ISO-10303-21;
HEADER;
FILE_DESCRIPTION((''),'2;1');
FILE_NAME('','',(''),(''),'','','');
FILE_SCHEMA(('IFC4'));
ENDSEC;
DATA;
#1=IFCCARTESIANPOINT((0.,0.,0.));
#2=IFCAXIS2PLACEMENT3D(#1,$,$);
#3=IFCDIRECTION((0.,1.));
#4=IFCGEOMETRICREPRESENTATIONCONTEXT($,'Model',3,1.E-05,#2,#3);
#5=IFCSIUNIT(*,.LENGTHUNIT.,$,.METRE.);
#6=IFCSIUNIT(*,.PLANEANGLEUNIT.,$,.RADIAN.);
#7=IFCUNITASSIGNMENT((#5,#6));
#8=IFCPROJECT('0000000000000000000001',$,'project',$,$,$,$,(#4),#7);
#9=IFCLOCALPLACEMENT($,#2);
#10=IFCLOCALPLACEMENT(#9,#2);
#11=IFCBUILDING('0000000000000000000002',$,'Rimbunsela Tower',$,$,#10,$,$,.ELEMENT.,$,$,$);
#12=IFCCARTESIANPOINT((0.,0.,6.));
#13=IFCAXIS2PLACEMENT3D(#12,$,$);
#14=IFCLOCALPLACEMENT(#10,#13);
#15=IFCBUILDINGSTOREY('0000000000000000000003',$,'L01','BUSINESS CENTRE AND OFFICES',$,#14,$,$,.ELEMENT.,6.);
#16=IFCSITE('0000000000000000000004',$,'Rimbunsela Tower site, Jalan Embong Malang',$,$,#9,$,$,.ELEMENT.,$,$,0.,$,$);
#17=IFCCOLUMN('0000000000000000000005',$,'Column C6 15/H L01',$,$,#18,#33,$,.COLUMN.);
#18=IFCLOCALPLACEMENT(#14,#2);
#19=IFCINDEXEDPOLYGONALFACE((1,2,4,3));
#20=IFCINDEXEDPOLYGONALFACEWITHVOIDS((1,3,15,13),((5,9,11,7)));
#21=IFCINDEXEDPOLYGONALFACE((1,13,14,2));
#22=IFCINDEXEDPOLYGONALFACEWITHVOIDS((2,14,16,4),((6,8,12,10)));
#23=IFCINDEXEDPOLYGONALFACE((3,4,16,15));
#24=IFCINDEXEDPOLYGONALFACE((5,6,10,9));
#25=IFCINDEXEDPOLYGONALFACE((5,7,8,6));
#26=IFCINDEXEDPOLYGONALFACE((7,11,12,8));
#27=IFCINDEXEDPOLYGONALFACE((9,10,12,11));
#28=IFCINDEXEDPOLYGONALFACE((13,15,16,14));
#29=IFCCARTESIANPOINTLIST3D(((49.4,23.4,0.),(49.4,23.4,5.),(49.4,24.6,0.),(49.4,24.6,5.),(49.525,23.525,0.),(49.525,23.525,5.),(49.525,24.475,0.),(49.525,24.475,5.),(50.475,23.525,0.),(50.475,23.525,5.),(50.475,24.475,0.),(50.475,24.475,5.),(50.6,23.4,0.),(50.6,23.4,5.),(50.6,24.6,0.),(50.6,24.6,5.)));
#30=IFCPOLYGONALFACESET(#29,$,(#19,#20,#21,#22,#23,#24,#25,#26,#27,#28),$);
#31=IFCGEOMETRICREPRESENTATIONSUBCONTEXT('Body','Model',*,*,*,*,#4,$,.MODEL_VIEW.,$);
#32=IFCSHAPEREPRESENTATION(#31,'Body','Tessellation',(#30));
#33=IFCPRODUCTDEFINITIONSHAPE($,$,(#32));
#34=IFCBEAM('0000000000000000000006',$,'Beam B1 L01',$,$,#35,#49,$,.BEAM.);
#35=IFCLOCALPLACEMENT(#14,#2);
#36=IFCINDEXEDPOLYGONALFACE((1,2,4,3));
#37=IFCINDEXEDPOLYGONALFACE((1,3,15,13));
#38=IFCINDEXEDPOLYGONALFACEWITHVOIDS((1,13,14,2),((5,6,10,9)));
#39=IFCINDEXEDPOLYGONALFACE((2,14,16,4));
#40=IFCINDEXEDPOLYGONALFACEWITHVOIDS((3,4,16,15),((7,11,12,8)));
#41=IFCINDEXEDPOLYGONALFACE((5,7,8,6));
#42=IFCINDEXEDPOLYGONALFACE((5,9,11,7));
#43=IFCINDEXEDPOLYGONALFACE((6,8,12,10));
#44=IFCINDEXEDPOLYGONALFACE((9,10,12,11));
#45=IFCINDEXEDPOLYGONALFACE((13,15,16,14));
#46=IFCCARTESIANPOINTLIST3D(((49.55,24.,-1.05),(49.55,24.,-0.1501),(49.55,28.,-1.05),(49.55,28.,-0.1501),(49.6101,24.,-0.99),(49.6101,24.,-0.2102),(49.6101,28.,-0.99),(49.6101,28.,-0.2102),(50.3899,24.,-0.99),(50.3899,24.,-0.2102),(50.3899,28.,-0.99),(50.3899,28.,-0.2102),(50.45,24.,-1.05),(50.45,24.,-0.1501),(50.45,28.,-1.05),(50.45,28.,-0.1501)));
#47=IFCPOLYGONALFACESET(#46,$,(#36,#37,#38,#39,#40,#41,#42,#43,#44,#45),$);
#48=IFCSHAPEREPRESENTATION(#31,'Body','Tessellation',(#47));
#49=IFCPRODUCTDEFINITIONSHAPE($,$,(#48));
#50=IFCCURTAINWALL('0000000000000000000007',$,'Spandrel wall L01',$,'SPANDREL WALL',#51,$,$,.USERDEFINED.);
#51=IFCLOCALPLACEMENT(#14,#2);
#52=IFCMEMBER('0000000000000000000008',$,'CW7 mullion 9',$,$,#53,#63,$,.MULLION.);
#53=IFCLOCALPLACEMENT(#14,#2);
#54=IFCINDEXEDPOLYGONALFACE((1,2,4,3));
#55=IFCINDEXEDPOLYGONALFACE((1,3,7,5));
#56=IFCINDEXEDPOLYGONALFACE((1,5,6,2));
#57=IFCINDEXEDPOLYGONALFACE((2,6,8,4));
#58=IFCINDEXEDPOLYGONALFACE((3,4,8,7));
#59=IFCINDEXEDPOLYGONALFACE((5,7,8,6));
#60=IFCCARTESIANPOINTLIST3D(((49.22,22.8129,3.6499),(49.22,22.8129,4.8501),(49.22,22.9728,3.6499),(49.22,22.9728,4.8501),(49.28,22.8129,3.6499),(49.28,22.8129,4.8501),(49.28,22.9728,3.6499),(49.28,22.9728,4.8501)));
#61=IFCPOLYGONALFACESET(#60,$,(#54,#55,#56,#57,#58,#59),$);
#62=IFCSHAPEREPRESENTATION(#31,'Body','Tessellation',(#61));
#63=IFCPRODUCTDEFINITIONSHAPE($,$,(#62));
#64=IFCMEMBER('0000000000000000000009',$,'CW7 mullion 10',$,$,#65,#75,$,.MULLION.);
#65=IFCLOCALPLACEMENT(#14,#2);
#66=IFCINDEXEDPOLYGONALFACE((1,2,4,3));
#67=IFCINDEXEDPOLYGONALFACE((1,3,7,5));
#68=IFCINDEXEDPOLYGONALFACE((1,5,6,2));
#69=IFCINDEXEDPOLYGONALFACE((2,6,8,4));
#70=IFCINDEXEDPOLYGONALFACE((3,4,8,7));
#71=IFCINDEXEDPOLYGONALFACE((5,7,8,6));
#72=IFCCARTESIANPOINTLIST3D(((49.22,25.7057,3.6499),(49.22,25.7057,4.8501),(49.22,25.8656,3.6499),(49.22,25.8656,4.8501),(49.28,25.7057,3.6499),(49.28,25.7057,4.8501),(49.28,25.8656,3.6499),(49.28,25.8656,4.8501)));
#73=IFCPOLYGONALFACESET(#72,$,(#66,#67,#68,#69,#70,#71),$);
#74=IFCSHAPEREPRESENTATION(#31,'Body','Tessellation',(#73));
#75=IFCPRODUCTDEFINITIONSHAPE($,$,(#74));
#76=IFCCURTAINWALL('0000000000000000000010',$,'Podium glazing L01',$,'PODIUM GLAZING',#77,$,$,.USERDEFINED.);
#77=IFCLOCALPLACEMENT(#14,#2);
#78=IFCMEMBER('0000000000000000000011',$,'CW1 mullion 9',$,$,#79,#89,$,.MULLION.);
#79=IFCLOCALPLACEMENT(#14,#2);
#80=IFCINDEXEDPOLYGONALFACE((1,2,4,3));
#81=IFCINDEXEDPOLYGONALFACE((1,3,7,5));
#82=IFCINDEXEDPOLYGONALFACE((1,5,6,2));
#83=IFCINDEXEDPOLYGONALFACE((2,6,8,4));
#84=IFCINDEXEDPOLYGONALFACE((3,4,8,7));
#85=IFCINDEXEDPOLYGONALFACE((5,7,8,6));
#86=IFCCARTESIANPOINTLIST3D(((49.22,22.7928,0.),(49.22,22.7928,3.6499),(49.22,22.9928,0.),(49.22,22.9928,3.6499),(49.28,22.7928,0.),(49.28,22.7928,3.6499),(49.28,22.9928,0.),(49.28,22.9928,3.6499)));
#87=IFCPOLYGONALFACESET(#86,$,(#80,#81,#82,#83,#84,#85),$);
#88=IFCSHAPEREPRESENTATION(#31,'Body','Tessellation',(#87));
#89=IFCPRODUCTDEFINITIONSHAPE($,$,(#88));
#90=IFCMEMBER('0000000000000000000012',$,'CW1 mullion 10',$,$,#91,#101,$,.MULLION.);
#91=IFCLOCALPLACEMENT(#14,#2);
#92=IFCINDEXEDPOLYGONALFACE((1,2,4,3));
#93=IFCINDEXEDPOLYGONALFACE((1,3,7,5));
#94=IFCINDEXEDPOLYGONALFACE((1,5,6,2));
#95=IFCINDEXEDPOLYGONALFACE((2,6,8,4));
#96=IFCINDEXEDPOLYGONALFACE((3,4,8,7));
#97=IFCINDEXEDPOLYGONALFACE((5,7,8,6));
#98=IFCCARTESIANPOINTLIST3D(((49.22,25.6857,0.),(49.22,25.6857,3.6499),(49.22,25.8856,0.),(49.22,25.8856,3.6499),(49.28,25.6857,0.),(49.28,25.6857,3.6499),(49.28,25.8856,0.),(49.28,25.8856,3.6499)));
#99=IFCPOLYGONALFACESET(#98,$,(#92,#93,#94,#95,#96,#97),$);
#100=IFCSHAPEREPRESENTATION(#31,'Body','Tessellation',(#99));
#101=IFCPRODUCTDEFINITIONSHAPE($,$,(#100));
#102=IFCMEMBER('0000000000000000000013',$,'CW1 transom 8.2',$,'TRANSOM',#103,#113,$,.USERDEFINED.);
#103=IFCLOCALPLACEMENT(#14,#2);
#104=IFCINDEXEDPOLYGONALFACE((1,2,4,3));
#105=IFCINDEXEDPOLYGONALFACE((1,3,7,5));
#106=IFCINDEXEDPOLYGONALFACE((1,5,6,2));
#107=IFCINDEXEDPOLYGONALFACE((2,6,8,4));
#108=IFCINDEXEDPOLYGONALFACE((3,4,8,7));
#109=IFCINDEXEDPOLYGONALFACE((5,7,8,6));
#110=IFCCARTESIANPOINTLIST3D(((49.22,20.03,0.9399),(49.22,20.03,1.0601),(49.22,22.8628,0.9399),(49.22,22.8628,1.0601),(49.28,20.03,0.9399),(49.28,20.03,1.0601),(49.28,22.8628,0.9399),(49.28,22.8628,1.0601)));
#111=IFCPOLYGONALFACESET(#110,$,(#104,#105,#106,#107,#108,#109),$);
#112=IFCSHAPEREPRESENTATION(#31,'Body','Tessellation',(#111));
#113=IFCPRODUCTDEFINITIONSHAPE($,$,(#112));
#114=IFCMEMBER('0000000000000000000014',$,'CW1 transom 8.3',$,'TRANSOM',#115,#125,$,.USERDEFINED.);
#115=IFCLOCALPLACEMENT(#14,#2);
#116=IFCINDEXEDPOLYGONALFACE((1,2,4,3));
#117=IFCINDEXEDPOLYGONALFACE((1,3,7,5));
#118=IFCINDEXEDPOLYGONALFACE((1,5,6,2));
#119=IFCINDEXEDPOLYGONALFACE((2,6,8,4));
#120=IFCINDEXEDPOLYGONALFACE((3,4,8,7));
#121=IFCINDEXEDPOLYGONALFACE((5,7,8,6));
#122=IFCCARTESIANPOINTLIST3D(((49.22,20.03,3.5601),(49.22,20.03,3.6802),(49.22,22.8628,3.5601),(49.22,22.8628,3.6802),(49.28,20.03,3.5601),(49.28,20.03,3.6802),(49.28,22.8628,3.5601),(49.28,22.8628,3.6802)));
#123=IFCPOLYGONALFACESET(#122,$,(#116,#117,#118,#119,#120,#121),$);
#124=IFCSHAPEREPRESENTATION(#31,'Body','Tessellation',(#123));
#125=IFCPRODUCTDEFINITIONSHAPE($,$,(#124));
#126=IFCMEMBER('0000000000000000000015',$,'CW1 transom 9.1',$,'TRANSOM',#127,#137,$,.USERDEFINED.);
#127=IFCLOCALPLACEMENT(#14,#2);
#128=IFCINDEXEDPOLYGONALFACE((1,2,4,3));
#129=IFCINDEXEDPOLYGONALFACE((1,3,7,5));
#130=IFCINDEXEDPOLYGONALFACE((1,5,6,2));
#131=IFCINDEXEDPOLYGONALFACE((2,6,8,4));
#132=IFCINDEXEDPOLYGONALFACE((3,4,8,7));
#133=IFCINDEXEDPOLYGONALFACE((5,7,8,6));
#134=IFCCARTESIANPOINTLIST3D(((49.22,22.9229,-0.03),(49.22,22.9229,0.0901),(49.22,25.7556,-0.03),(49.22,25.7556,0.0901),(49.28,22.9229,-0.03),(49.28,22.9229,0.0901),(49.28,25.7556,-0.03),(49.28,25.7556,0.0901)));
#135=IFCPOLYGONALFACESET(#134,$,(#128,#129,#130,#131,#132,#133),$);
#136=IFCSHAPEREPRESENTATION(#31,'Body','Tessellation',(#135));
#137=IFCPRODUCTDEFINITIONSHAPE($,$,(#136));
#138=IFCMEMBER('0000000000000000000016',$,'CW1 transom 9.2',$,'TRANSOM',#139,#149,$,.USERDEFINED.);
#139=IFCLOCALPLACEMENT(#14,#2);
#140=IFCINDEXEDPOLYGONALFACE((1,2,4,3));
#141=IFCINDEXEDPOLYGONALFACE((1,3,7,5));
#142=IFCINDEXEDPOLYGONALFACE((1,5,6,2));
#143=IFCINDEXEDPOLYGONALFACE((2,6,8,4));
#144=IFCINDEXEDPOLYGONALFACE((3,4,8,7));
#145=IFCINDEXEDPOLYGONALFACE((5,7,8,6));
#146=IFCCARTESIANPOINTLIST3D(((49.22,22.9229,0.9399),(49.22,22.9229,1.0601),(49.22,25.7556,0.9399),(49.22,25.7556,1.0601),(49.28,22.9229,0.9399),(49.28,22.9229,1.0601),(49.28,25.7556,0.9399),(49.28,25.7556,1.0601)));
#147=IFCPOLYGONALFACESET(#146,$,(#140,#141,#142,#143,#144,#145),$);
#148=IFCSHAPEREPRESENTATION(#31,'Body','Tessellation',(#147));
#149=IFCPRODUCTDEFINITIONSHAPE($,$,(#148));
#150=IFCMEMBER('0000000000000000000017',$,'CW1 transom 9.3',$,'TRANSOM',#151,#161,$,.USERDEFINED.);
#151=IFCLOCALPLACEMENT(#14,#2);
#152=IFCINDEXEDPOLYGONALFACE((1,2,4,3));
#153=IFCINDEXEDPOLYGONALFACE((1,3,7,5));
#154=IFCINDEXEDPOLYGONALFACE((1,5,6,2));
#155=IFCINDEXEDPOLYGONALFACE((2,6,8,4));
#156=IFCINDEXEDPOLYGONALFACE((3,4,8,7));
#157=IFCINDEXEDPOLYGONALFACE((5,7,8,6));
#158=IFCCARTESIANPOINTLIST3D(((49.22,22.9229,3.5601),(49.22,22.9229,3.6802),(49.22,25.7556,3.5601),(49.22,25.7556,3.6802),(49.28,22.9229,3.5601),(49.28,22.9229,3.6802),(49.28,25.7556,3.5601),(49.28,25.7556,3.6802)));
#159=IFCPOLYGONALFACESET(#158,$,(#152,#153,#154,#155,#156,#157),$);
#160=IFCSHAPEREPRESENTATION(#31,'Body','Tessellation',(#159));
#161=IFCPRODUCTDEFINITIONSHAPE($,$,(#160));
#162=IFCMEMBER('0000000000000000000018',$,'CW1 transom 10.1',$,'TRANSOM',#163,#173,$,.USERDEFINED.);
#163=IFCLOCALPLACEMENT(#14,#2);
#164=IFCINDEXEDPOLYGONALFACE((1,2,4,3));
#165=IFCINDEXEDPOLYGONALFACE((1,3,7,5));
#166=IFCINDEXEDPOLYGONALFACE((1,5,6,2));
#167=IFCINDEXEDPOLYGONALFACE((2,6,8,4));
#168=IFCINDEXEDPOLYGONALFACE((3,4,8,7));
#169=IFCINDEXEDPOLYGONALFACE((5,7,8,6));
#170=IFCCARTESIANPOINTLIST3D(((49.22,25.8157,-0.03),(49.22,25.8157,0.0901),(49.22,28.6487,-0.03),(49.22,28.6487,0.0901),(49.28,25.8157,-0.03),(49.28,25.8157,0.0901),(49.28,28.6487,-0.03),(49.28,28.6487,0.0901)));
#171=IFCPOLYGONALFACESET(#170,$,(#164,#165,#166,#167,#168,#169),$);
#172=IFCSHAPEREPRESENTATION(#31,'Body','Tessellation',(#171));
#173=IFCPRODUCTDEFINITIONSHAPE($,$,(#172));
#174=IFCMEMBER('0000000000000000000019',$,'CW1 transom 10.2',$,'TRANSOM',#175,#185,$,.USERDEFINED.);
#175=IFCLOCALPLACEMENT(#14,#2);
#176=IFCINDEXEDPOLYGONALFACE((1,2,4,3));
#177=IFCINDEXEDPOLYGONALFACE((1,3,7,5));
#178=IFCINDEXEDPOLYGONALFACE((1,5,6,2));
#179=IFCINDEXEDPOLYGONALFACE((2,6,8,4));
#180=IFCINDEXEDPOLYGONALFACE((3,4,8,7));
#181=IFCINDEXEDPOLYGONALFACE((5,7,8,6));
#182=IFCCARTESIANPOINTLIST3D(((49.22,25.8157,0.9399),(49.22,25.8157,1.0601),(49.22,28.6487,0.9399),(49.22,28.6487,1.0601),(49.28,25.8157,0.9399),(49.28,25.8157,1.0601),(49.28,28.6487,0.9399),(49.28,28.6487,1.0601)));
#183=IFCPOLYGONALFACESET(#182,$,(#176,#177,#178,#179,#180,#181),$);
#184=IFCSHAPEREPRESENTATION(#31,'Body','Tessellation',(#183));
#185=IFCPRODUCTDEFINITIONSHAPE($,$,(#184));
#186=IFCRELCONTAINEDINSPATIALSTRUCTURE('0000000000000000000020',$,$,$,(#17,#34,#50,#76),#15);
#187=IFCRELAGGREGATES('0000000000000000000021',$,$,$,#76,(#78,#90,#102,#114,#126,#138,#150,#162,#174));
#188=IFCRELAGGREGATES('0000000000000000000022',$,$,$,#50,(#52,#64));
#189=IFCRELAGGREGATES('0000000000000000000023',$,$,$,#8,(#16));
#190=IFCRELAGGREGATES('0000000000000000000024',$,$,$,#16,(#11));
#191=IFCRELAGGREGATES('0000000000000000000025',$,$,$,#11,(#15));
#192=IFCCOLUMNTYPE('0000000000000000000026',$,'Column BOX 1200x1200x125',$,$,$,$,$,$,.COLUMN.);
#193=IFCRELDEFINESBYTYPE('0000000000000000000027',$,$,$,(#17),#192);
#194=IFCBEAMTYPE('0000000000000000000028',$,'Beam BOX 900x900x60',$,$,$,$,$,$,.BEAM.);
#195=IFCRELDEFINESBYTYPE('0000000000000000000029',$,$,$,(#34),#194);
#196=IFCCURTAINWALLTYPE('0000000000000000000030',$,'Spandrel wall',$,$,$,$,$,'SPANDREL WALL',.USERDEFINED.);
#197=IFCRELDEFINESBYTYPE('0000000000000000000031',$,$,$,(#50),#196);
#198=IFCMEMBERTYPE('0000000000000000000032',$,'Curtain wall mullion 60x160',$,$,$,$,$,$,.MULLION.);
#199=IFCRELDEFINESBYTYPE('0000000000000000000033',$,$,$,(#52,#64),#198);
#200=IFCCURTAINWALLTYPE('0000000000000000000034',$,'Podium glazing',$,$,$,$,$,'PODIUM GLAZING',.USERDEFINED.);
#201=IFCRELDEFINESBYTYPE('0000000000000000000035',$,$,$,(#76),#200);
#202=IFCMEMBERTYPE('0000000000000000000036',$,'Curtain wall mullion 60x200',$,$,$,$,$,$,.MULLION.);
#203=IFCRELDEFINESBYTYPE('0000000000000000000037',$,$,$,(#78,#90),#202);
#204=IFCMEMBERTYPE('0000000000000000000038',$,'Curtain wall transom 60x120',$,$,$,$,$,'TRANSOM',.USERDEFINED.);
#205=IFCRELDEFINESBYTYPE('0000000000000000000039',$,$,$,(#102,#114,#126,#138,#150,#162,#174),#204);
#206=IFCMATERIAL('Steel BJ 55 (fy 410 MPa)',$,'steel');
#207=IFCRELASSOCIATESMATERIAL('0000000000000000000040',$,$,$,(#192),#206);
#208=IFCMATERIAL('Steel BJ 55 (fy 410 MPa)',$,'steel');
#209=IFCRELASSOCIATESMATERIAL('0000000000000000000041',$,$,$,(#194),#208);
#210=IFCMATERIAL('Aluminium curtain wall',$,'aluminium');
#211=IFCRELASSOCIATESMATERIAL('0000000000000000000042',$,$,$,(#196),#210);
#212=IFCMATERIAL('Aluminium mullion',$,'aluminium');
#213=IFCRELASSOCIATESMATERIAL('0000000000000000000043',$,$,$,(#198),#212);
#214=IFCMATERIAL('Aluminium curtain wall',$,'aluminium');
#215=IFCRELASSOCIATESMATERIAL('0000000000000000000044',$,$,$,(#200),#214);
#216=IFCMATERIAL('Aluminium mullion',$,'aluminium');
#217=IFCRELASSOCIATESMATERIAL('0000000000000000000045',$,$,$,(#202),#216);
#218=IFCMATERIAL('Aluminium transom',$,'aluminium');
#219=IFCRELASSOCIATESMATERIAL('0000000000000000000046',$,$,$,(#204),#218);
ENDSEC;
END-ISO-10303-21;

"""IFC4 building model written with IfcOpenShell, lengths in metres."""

from ifc_helpers import new_model, si_unit, direction, frame, origin, origin_2d, place, context, subcontext, project, spatial, rectangle, hollow_rectangle, extrude, material, material_profile, profile_set, type_object, element, aggregate, save


model = new_model("IFC4")

# Units and contexts
model_context = context("Model", 3, precision=1e-05, world=origin(), true_north=direction((0.0, 1.0)))
body_context = subcontext(model_context, "Body", "Model", "MODEL_VIEW")
ifc_project = project(units=[si_unit("LENGTHUNIT", "METRE"), si_unit("PLANEANGLEUNIT", "RADIAN")], contexts=[model_context])

# Site, building, storey
site_placement = place(None, origin())
site = spatial("IfcSite", under=ifc_project, at=site_placement, Name="Rimbunsela Tower site, Jalan Embong Malang", CompositionType="ELEMENT", RefElevation=0.0)
building_placement = place(site_placement, origin())
building = spatial("IfcBuilding", under=site, at=building_placement, Name="Rimbunsela Tower", CompositionType="ELEMENT")
storey_placement = place(building_placement, frame((0.0, 0.0, 6.0)))
storey = spatial("IfcBuildingStorey", under=building, at=storey_placement, Name="L01", Description="BUSINESS CENTRE AND OFFICES", CompositionType="ELEMENT", Elevation=6.0)

# Column
ifc_material_1 = material(Name="Steel BJ 55 (fy 410 MPa)", Category="steel")
ifc_material_profile_1 = material_profile(ifc_material_1, hollow_rectangle(XDim=1.2, YDim=1.2, WallThickness=0.125, at=origin_2d()), Name="BOX 1200x1200x125")
ifc_profile_set_1 = profile_set([ifc_material_profile_1], Name="Steel BJ 55 (fy 410 MPa)")
column_type = type_object("IfcColumnType", Name="Column BOX 1200x1200x125", PredefinedType="COLUMN", material=ifc_profile_set_1)
column_placement = place(storey_placement, frame((50.0, 24.0, 0.0), z_axis=(0.0, 0.0, 1.0), x_axis=(1.0, 0.0, 0.0)))
element("IfcColumn", 1, at=column_placement, inside=storey, type_object=column_type, Name="Column C6 15/H L01", PredefinedType="COLUMN", context=body_context, shape_type="SweptSolid", body=[
    extrude(hollow_rectangle(XDim=1.2, YDim=1.2, WallThickness=0.125, at=origin_2d()), origin(), (0.0, 0.0, 1.0), 5.0),
])

# Beam
ifc_material_2 = material(Name="Steel BJ 55 (fy 410 MPa)", Category="steel")
ifc_material_profile_2 = material_profile(ifc_material_2, hollow_rectangle(XDim=0.8999, YDim=0.8999, WallThickness=0.0601, at=origin_2d()), Name="BOX 900x900x60")
ifc_profile_set_2 = profile_set([ifc_material_profile_2], Name="Steel BJ 55 (fy 410 MPa)")
beam_type = type_object("IfcBeamType", Name="Beam BOX 900x900x60", PredefinedType="BEAM", material=ifc_profile_set_2)
beam_placement = place(storey_placement, frame((50.0, 24.0, -0.6001), z_axis=(0.0, 1.0, 0.0), x_axis=(-1.0, 0.0, 0.0)))
element("IfcBeam", 2, at=beam_placement, inside=storey, type_object=beam_type, Name="Beam B1 L01", PredefinedType="BEAM", context=body_context, shape_type="SweptSolid", body=[
    extrude(hollow_rectangle(XDim=0.8999, YDim=0.8999, WallThickness=0.0601, at=origin_2d()), origin(), (0.0, 0.0, 1.0), 4.0),
])

# Curtain walls, members
ifc_material_3 = material(Name="Aluminium curtain wall", Category="aluminium")
curtain_wall_type_1 = type_object("IfcCurtainWallType", Name="Spandrel wall", ElementType="SPANDREL WALL", PredefinedType="USERDEFINED", material=ifc_material_3)
curtain_wall_1_placement = place(storey_placement, origin())
curtain_wall_1 = element("IfcCurtainWall", 3, at=curtain_wall_1_placement, inside=storey, type_object=curtain_wall_type_1, Name="Spandrel wall L01", ObjectType="SPANDREL WALL", PredefinedType="USERDEFINED")
ifc_material_4 = material(Name="Aluminium mullion", Category="aluminium")
ifc_material_profile_3 = material_profile(ifc_material_4, rectangle(XDim=0.0601, YDim=0.1599, at=origin_2d()), Name="Mullion 60x160")
ifc_profile_set_3 = profile_set([ifc_material_profile_3], Name="Aluminium mullion")
member_type_1 = type_object("IfcMemberType", Name="Curtain wall mullion 60x160", PredefinedType="MULLION", material=ifc_profile_set_3)
member_1_placement = place(storey_placement, frame((49.25, 22.8928, 3.6499), z_axis=(0.0, 0.0, 1.0), x_axis=(-1.0, 0.0, 0.0)))
member_1 = element("IfcMember", 4, at=member_1_placement, type_object=member_type_1, Name="CW7 mullion 9", PredefinedType="MULLION", context=body_context, shape_type="SweptSolid", body=[
    extrude(rectangle(XDim=0.0601, YDim=0.1599, at=origin_2d()), origin(), (0.0, 0.0, 1.0), 1.2002),
])
member_2_placement = place(storey_placement, frame((49.25, 25.7856, 3.6499), z_axis=(0.0, 0.0, 1.0), x_axis=(-1.0, 0.0, 0.0)))
member_2 = element("IfcMember", 5, at=member_2_placement, type_object=member_type_1, Name="CW7 mullion 10", PredefinedType="MULLION", context=body_context, shape_type="SweptSolid", body=[
    extrude(rectangle(XDim=0.0601, YDim=0.1599, at=origin_2d()), origin(), (0.0, 0.0, 1.0), 1.2002),
])
ifc_material_5 = material(Name="Aluminium curtain wall", Category="aluminium")
curtain_wall_type_2 = type_object("IfcCurtainWallType", Name="Podium glazing", ElementType="PODIUM GLAZING", PredefinedType="USERDEFINED", material=ifc_material_5)
curtain_wall_2_placement = place(storey_placement, origin())
curtain_wall_2 = element("IfcCurtainWall", 6, at=curtain_wall_2_placement, inside=storey, type_object=curtain_wall_type_2, Name="Podium glazing L01", ObjectType="PODIUM GLAZING", PredefinedType="USERDEFINED")
ifc_material_6 = material(Name="Aluminium mullion", Category="aluminium")
ifc_material_profile_4 = material_profile(ifc_material_6, rectangle(XDim=0.0601, YDim=0.2, at=origin_2d()), Name="Mullion 60x200")
ifc_profile_set_4 = profile_set([ifc_material_profile_4], Name="Aluminium mullion")
member_type_2 = type_object("IfcMemberType", Name="Curtain wall mullion 60x200", PredefinedType="MULLION", material=ifc_profile_set_4)
member_3_placement = place(storey_placement, frame((49.25, 22.8928, 0.0), z_axis=(0.0, 0.0, 1.0), x_axis=(-1.0, 0.0, 0.0)))
member_3 = element("IfcMember", 7, at=member_3_placement, type_object=member_type_2, Name="CW1 mullion 9", PredefinedType="MULLION", context=body_context, shape_type="SweptSolid", body=[
    extrude(rectangle(XDim=0.0601, YDim=0.2, at=origin_2d()), origin(), (0.0, 0.0, 1.0), 3.6499),
])
member_4_placement = place(storey_placement, frame((49.25, 25.7856, 0.0), z_axis=(0.0, 0.0, 1.0), x_axis=(-1.0, 0.0, 0.0)))
member_4 = element("IfcMember", 8, at=member_4_placement, type_object=member_type_2, Name="CW1 mullion 10", PredefinedType="MULLION", context=body_context, shape_type="SweptSolid", body=[
    extrude(rectangle(XDim=0.0601, YDim=0.2, at=origin_2d()), origin(), (0.0, 0.0, 1.0), 3.6499),
])
ifc_material_7 = material(Name="Aluminium transom", Category="aluminium")
ifc_material_profile_5 = material_profile(ifc_material_7, rectangle(XDim=0.0601, YDim=0.1201, at=origin_2d()), Name="Transom 60x120")
ifc_profile_set_5 = profile_set([ifc_material_profile_5], Name="Aluminium transom")
member_type_3 = type_object("IfcMemberType", Name="Curtain wall transom 60x120", ElementType="TRANSOM", PredefinedType="USERDEFINED", material=ifc_profile_set_5)
member_5_placement = place(storey_placement, frame((49.25, 20.03, 1.0), z_axis=(0.0, 1.0, 0.0), x_axis=(-1.0, 0.0, 0.0)))
member_5 = element("IfcMember", 9, at=member_5_placement, type_object=member_type_3, Name="CW1 transom 8.2", ObjectType="TRANSOM", PredefinedType="USERDEFINED", context=body_context, shape_type="SweptSolid", body=[
    extrude(rectangle(XDim=0.0601, YDim=0.1201, at=origin_2d()), origin(), (0.0, 0.0, 1.0), 2.8328),
])
member_6_placement = place(storey_placement, frame((49.25, 20.03, 3.6201), z_axis=(0.0, 1.0, 0.0), x_axis=(-1.0, 0.0, 0.0)))
member_6 = element("IfcMember", 10, at=member_6_placement, type_object=member_type_3, Name="CW1 transom 8.3", ObjectType="TRANSOM", PredefinedType="USERDEFINED", context=body_context, shape_type="SweptSolid", body=[
    extrude(rectangle(XDim=0.0601, YDim=0.1201, at=origin_2d()), origin(), (0.0, 0.0, 1.0), 2.8328),
])
member_7_placement = place(storey_placement, frame((49.25, 22.9229, 0.03), z_axis=(0.0, 1.0, 0.0), x_axis=(-1.0, 0.0, 0.0)))
member_7 = element("IfcMember", 11, at=member_7_placement, type_object=member_type_3, Name="CW1 transom 9.1", ObjectType="TRANSOM", PredefinedType="USERDEFINED", context=body_context, shape_type="SweptSolid", body=[
    extrude(rectangle(XDim=0.0601, YDim=0.1201, at=origin_2d()), origin(), (0.0, 0.0, 1.0), 2.8328),
])
member_8_placement = place(storey_placement, frame((49.25, 22.9229, 1.0), z_axis=(0.0, 1.0, 0.0), x_axis=(-1.0, 0.0, 0.0)))
member_8 = element("IfcMember", 12, at=member_8_placement, type_object=member_type_3, Name="CW1 transom 9.2", ObjectType="TRANSOM", PredefinedType="USERDEFINED", context=body_context, shape_type="SweptSolid", body=[
    extrude(rectangle(XDim=0.0601, YDim=0.1201, at=origin_2d()), origin(), (0.0, 0.0, 1.0), 2.8328),
])
member_9_placement = place(storey_placement, frame((49.25, 22.9229, 3.6201), z_axis=(0.0, 1.0, 0.0), x_axis=(-1.0, 0.0, 0.0)))
member_9 = element("IfcMember", 13, at=member_9_placement, type_object=member_type_3, Name="CW1 transom 9.3", ObjectType="TRANSOM", PredefinedType="USERDEFINED", context=body_context, shape_type="SweptSolid", body=[
    extrude(rectangle(XDim=0.0601, YDim=0.1201, at=origin_2d()), origin(), (0.0, 0.0, 1.0), 2.8328),
])
member_10_placement = place(storey_placement, frame((49.25, 25.8157, 0.03), z_axis=(0.0, 1.0, 0.0), x_axis=(-1.0, 0.0, 0.0)))
member_10 = element("IfcMember", 14, at=member_10_placement, type_object=member_type_3, Name="CW1 transom 10.1", ObjectType="TRANSOM", PredefinedType="USERDEFINED", context=body_context, shape_type="SweptSolid", body=[
    extrude(rectangle(XDim=0.0601, YDim=0.1201, at=origin_2d()), origin(), (0.0, 0.0, 1.0), 2.833),
])
member_11_placement = place(storey_placement, frame((49.25, 25.8157, 1.0), z_axis=(0.0, 1.0, 0.0), x_axis=(-1.0, 0.0, 0.0)))
member_11 = element("IfcMember", 15, at=member_11_placement, type_object=member_type_3, Name="CW1 transom 10.2", ObjectType="TRANSOM", PredefinedType="USERDEFINED", context=body_context, shape_type="SweptSolid", body=[
    extrude(rectangle(XDim=0.0601, YDim=0.1201, at=origin_2d()), origin(), (0.0, 0.0, 1.0), 2.833),
])

aggregate(curtain_wall_2, [member_3, member_4, member_5, member_6, member_7, member_8, member_9, member_10, member_11])
aggregate(curtain_wall_1, [member_1, member_2])

save(model, "model.ifc")
